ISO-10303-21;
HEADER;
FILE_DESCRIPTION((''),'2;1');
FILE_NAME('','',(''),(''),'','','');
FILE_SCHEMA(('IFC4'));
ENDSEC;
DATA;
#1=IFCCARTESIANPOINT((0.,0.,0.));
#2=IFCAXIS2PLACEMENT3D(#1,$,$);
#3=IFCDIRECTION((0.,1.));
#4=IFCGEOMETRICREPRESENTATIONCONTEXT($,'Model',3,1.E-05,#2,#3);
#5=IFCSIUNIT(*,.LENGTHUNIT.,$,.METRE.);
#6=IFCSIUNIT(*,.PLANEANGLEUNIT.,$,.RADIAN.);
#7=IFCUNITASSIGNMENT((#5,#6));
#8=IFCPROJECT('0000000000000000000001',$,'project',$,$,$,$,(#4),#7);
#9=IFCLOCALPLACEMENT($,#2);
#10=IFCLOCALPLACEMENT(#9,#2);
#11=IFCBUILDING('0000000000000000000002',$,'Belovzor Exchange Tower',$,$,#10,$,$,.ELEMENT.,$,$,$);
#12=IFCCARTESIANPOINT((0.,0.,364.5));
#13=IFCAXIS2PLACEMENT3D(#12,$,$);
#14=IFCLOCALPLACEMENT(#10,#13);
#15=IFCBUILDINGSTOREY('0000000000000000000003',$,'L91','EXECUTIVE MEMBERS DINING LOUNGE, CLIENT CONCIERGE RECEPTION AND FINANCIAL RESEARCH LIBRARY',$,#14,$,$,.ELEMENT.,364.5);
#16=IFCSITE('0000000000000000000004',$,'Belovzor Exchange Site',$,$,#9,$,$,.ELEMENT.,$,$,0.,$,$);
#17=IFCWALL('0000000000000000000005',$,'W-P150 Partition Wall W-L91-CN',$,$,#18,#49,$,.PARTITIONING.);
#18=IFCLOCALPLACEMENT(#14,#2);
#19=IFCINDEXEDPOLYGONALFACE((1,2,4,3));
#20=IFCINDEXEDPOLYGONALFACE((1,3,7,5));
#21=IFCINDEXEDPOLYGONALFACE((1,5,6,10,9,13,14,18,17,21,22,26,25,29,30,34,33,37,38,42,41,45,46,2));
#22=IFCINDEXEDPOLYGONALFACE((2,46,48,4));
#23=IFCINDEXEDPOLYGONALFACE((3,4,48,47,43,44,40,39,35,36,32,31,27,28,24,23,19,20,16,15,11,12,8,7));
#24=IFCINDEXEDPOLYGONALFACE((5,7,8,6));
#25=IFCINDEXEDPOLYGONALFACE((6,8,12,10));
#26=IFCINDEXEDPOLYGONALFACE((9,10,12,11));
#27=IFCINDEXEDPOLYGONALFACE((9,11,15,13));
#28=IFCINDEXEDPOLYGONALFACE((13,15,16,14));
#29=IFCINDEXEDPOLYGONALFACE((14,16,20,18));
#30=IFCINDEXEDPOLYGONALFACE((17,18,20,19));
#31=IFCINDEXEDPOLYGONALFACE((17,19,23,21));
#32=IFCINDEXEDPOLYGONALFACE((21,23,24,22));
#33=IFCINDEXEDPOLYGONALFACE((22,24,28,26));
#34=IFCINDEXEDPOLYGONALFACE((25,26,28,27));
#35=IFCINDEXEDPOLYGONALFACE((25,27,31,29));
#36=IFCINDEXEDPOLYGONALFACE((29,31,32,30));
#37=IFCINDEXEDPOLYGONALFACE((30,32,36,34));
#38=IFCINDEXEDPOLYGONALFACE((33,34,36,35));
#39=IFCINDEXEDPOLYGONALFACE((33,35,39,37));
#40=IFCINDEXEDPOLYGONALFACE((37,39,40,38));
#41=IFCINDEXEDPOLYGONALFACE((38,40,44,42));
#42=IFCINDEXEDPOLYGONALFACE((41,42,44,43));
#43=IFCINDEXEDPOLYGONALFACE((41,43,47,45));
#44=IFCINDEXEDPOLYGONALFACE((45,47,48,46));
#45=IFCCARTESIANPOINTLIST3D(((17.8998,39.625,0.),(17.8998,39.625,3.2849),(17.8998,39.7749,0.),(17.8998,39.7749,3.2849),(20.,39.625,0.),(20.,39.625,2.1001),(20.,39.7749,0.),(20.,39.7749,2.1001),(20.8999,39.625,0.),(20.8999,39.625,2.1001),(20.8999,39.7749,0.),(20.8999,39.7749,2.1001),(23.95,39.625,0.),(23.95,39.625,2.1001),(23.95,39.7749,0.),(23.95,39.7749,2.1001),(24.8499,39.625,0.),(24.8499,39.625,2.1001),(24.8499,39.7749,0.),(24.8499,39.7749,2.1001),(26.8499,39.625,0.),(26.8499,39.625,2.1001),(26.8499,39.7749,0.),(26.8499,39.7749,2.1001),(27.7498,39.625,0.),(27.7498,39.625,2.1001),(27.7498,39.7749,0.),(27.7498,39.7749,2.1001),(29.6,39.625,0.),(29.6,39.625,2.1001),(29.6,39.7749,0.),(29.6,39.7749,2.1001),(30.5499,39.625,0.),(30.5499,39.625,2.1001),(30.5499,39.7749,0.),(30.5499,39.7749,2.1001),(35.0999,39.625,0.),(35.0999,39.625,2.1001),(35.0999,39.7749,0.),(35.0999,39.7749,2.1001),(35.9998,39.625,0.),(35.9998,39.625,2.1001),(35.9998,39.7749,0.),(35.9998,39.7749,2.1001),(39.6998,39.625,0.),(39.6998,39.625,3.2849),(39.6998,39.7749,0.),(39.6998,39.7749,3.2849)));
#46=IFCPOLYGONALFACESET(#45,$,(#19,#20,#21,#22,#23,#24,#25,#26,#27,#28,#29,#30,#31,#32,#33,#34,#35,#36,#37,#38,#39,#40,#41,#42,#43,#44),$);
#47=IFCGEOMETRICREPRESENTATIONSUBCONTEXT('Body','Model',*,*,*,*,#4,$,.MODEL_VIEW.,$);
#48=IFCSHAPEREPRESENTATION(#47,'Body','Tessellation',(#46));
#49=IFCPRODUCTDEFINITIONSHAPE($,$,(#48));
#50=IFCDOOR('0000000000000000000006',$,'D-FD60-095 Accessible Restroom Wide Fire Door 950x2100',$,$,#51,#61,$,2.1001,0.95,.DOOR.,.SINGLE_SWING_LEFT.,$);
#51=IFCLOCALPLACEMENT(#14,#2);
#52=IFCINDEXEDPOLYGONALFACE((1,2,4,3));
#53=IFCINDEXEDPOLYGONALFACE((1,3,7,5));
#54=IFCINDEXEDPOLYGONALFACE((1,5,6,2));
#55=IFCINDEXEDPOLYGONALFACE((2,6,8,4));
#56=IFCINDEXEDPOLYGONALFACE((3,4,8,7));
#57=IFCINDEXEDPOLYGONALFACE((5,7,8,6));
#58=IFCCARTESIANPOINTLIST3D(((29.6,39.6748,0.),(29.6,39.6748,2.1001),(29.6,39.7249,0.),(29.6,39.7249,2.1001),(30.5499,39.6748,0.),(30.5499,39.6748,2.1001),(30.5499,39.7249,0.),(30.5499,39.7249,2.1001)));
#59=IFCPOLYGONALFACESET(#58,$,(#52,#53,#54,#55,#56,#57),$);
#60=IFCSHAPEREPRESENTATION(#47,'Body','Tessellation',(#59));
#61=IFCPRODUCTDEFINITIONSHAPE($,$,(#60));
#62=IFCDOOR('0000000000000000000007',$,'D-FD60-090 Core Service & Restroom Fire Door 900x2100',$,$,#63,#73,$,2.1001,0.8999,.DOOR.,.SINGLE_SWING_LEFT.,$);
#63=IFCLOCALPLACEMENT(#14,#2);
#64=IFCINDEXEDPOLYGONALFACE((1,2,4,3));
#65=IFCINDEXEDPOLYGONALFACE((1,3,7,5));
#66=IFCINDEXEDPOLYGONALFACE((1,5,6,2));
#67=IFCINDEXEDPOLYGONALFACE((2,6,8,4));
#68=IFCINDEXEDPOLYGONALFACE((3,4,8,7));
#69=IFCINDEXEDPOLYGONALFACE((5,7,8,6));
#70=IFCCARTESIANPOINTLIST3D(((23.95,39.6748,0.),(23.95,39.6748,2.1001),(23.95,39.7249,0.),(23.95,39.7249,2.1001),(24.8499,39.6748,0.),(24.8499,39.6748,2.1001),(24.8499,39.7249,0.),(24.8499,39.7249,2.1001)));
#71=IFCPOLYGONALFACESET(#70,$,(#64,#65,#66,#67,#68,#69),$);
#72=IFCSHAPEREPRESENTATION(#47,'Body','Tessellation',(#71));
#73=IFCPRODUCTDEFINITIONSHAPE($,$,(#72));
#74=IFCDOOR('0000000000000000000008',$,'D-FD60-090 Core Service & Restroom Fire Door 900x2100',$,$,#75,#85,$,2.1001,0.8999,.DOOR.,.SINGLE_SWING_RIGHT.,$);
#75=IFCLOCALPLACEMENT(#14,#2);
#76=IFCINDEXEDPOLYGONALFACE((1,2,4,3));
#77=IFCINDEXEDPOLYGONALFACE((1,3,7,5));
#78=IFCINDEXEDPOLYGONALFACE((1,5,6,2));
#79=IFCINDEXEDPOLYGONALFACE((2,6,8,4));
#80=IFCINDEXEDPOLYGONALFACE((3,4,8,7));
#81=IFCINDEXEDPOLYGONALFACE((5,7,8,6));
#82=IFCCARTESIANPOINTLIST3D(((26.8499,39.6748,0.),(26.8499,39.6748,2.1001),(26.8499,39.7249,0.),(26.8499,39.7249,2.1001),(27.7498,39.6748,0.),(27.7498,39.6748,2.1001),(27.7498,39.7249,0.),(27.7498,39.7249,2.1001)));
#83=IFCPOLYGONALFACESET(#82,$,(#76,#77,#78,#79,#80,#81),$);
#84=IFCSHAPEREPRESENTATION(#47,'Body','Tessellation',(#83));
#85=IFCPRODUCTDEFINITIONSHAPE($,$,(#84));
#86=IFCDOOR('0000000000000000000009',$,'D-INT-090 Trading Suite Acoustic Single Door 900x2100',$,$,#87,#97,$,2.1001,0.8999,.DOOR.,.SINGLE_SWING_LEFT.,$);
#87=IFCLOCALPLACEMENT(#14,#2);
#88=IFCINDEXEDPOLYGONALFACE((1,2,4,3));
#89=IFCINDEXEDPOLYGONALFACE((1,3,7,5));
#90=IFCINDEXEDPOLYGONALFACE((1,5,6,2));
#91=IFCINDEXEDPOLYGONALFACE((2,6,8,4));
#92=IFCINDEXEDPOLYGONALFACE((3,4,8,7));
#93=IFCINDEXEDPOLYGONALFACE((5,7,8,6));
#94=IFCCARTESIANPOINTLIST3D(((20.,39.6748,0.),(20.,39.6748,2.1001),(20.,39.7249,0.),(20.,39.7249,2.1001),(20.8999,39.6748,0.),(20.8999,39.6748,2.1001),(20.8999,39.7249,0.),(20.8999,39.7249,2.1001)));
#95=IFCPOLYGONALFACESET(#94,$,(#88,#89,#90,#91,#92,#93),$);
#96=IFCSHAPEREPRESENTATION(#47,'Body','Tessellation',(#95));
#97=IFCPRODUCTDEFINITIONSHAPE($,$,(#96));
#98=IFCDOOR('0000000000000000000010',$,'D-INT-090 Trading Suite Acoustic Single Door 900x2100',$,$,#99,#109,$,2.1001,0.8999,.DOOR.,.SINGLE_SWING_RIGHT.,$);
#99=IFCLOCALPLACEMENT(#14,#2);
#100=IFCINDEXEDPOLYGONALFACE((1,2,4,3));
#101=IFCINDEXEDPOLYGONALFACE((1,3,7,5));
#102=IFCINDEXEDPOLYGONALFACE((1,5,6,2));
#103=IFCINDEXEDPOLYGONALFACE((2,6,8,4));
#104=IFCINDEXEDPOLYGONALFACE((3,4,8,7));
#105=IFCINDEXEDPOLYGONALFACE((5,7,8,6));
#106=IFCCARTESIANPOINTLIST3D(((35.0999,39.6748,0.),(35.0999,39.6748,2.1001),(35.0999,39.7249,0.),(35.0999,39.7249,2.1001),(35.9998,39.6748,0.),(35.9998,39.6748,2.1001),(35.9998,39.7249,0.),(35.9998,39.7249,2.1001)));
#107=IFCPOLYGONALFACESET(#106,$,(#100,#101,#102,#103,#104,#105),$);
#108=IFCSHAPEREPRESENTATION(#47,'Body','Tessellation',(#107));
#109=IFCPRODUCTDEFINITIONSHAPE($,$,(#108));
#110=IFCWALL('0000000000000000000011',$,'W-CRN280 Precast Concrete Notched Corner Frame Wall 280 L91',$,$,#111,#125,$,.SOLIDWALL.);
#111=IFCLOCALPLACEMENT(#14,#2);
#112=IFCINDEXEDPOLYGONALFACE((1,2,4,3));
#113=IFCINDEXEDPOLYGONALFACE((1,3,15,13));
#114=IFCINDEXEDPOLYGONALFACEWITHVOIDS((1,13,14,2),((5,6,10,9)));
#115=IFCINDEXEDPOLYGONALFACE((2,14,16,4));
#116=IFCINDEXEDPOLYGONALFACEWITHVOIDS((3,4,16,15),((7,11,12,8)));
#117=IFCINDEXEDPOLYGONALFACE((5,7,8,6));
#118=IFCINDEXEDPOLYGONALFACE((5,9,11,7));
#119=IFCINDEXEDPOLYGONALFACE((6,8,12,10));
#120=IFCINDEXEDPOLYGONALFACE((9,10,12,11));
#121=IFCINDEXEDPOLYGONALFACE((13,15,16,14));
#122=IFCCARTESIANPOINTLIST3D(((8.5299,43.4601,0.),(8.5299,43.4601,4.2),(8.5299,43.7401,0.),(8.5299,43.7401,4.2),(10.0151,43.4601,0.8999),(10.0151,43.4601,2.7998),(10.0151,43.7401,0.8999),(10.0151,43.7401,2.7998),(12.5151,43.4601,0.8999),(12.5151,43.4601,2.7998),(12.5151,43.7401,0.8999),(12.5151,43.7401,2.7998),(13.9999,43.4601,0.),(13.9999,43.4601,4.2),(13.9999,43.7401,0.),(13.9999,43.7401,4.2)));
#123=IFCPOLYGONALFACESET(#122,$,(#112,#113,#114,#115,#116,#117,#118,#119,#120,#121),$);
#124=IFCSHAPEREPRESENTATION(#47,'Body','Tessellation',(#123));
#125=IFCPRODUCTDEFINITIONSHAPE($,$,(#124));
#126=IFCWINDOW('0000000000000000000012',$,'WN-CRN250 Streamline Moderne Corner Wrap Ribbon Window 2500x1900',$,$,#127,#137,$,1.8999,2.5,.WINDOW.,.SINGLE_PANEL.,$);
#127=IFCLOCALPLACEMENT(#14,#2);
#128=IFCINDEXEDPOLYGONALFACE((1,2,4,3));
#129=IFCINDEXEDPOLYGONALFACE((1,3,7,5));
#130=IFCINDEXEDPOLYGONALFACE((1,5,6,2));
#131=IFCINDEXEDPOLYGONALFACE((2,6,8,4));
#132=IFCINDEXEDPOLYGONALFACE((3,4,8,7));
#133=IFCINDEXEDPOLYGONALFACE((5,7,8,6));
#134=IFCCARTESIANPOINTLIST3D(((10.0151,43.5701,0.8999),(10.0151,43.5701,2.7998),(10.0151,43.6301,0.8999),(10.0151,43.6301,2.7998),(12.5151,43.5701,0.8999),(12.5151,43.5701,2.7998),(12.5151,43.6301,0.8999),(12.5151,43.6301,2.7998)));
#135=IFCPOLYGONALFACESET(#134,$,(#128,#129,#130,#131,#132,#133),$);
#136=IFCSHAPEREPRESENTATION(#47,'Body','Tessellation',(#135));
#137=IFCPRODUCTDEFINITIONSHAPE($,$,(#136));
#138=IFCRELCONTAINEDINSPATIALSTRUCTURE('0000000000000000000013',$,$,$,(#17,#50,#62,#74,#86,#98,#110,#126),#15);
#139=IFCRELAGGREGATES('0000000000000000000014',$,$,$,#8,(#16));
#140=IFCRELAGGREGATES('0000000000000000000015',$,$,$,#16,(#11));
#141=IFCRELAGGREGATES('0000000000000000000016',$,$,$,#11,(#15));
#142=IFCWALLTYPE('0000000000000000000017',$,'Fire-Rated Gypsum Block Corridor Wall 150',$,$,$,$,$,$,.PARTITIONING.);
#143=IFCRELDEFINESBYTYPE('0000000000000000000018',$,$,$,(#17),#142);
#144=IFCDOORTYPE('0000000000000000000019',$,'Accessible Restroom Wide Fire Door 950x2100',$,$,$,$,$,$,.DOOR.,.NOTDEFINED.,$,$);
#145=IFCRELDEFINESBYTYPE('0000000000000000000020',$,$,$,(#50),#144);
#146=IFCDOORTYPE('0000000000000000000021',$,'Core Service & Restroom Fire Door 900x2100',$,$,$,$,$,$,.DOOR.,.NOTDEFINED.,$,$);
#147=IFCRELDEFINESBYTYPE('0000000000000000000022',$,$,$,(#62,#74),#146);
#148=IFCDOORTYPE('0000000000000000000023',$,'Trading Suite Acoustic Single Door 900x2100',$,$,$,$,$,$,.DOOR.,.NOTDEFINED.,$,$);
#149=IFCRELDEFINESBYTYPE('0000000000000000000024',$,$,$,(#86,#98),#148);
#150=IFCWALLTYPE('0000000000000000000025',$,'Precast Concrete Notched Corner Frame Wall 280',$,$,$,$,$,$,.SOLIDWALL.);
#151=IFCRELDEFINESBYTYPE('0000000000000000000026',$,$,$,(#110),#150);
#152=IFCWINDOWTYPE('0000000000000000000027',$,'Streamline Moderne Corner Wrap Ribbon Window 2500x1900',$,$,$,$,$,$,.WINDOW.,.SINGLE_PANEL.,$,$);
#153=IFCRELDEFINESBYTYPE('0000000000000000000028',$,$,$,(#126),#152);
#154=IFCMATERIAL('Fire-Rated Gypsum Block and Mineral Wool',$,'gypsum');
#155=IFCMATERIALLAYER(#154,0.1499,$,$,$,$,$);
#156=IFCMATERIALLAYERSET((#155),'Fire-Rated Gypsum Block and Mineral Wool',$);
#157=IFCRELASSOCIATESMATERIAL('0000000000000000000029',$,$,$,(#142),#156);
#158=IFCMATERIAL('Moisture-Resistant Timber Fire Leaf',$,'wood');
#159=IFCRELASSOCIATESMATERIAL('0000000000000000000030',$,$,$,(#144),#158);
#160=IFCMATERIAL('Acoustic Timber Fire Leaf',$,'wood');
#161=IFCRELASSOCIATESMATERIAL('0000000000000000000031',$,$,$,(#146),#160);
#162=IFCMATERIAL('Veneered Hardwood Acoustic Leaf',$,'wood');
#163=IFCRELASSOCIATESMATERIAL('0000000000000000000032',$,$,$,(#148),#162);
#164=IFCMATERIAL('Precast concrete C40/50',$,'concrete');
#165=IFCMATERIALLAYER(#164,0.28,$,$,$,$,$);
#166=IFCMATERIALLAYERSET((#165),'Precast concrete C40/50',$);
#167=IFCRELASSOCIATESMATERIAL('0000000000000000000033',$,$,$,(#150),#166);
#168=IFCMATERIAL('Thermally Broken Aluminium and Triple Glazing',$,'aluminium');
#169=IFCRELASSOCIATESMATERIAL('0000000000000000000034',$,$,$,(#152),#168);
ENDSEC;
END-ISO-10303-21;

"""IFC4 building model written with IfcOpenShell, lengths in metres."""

from ifc_helpers import new_model, si_unit, direction, frame, frame_2d, origin, place, context, subcontext, project, spatial, rectangle, extrude, material, layer, layer_set, type_object, element, fill, save


model = new_model("IFC4")

# Units and contexts
model_context = context("Model", 3, precision=1e-05, world=origin(), true_north=direction((0.0, 1.0)))
body_context = subcontext(model_context, "Body", "Model", "MODEL_VIEW")
ifc_project = project(units=[si_unit("LENGTHUNIT", "METRE"), si_unit("PLANEANGLEUNIT", "RADIAN")], contexts=[model_context])

# Site, building, storey
site_placement = place(None, origin())
site = spatial("IfcSite", under=ifc_project, at=site_placement, Name="Belovzor Exchange Site", CompositionType="ELEMENT", RefElevation=0.0)
building_placement = place(site_placement, origin())
building = spatial("IfcBuilding", under=site, at=building_placement, Name="Belovzor Exchange Tower", CompositionType="ELEMENT")
storey_placement = place(building_placement, frame((0.0, 0.0, 364.5)))
storey = spatial("IfcBuildingStorey", under=building, at=storey_placement, Name="L91", Description="EXECUTIVE MEMBERS DINING LOUNGE, CLIENT CONCIERGE RECEPTION AND FINANCIAL RESEARCH LIBRARY", CompositionType="ELEMENT", Elevation=364.5)

# Wall, openings, doors
ifc_material_1 = material(Name="Fire-Rated Gypsum Block and Mineral Wool", Category="gypsum")
ifc_layer_1 = layer(ifc_material_1, 0.1499)
ifc_layer_set_1 = layer_set([ifc_layer_1], Name="Fire-Rated Gypsum Block and Mineral Wool")
wall_type_1 = type_object("IfcWallType", Name="Fire-Rated Gypsum Block Corridor Wall 150", PredefinedType="PARTITIONING", material=ifc_layer_set_1)
wall_1_placement = place(storey_placement, frame((17.8999, 39.7, 0.0), z_axis=(0.0, 0.0, 1.0), x_axis=(1.0, 0.0, 0.0)))
wall_1 = element("IfcWall", 1, at=wall_1_placement, inside=storey, type_object=wall_type_1, Name="W-P150 Partition Wall W-L91-CN", PredefinedType="PARTITIONING", context=body_context, shape_type="SweptSolid", body=[
    extrude(rectangle(XDim=21.8, YDim=0.1499, at=frame_2d((10.8999, 0.0))), origin(), (0.0, 0.0, 1.0), 3.2849),
])
opening_1_placement = place(wall_1_placement, frame((2.1001, 0.0, 0.0)))
opening_1 = element("IfcOpeningElement", 2, at=opening_1_placement, cuts=wall_1, PredefinedType="OPENING", context=body_context, shape_type="SweptSolid", body=[
    extrude(rectangle(XDim=0.8999, YDim=2.1001, at=frame_2d((0.45, 1.05))), frame((0.0, 0.085, 0.0), z_axis=(0.0, -1.0, 0.0), x_axis=(1.0, 0.0, 0.0)), (0.0, 0.0, 1.0), 0.1699),
])
opening_2_placement = place(wall_1_placement, frame((6.05, 0.0, 0.0)))
opening_2 = element("IfcOpeningElement", 3, at=opening_2_placement, cuts=wall_1, PredefinedType="OPENING", context=body_context, shape_type="SweptSolid", body=[
    extrude(rectangle(XDim=0.8999, YDim=2.1001, at=frame_2d((0.45, 1.05))), frame((0.0, 0.085, 0.0), z_axis=(0.0, -1.0, 0.0), x_axis=(1.0, 0.0, 0.0)), (0.0, 0.0, 1.0), 0.1699),
])
opening_3_placement = place(wall_1_placement, frame((8.95, 0.0, 0.0)))
opening_3 = element("IfcOpeningElement", 4, at=opening_3_placement, cuts=wall_1, PredefinedType="OPENING", context=body_context, shape_type="SweptSolid", body=[
    extrude(rectangle(XDim=0.8999, YDim=2.1001, at=frame_2d((0.45, 1.05))), frame((0.0, 0.085, 0.0), z_axis=(0.0, -1.0, 0.0), x_axis=(1.0, 0.0, 0.0)), (0.0, 0.0, 1.0), 0.1699),
])
opening_4_placement = place(wall_1_placement, frame((11.7, 0.0, 0.0)))
opening_4 = element("IfcOpeningElement", 5, at=opening_4_placement, cuts=wall_1, PredefinedType="OPENING", context=body_context, shape_type="SweptSolid", body=[
    extrude(rectangle(XDim=0.95, YDim=2.1001, at=frame_2d((0.4751, 1.05))), frame((0.0, 0.085, 0.0), z_axis=(0.0, -1.0, 0.0), x_axis=(1.0, 0.0, 0.0)), (0.0, 0.0, 1.0), 0.1699),
])
opening_5_placement = place(wall_1_placement, frame((17.2, 0.0, 0.0)))
opening_5 = element("IfcOpeningElement", 6, at=opening_5_placement, cuts=wall_1, PredefinedType="OPENING", context=body_context, shape_type="SweptSolid", body=[
    extrude(rectangle(XDim=0.8999, YDim=2.1001, at=frame_2d((0.45, 1.05))), frame((0.0, 0.085, 0.0), z_axis=(0.0, -1.0, 0.0), x_axis=(1.0, 0.0, 0.0)), (0.0, 0.0, 1.0), 0.1699),
])
ifc_material_2 = material(Name="Moisture-Resistant Timber Fire Leaf", Category="wood")
door_type_1 = type_object("IfcDoorType", Name="Accessible Restroom Wide Fire Door 950x2100", OperationType="NOTDEFINED", PredefinedType="DOOR", material=ifc_material_2)
door_1_placement = place(opening_4_placement, origin())
door_1 = element("IfcDoor", 7, at=door_1_placement, inside=storey, type_object=door_type_1, Name="D-FD60-095 Accessible Restroom Wide Fire Door 950x2100", OperationType="SINGLE_SWING_LEFT", OverallHeight=2.1001, OverallWidth=0.95, PredefinedType="DOOR", context=body_context, shape_type="SweptSolid", body=[
    extrude(rectangle(XDim=0.95, YDim=2.1001, at=frame_2d((0.4751, 1.05))), frame((0.0, 0.0249, 0.0), z_axis=(0.0, -1.0, 0.0), x_axis=(1.0, 0.0, 0.0)), (0.0, 0.0, 1.0), 0.05),
])
fill(opening_4, door_1)
ifc_material_3 = material(Name="Acoustic Timber Fire Leaf", Category="wood")
door_type_2 = type_object("IfcDoorType", Name="Core Service & Restroom Fire Door 900x2100", OperationType="NOTDEFINED", PredefinedType="DOOR", material=ifc_material_3)
door_2_placement = place(opening_2_placement, origin())
door_2 = element("IfcDoor", 8, at=door_2_placement, inside=storey, type_object=door_type_2, Name="D-FD60-090 Core Service & Restroom Fire Door 900x2100", OperationType="SINGLE_SWING_LEFT", OverallHeight=2.1001, OverallWidth=0.8999, PredefinedType="DOOR", context=body_context, shape_type="SweptSolid", body=[
    extrude(rectangle(XDim=0.8999, YDim=2.1001, at=frame_2d((0.45, 1.05))), frame((0.0, 0.0249, 0.0), z_axis=(0.0, -1.0, 0.0), x_axis=(1.0, 0.0, 0.0)), (0.0, 0.0, 1.0), 0.05),
])
fill(opening_2, door_2)
door_3_placement = place(opening_3_placement, origin())
door_3 = element("IfcDoor", 9, at=door_3_placement, inside=storey, type_object=door_type_2, Name="D-FD60-090 Core Service & Restroom Fire Door 900x2100", OperationType="SINGLE_SWING_RIGHT", OverallHeight=2.1001, OverallWidth=0.8999, PredefinedType="DOOR", context=body_context, shape_type="SweptSolid", body=[
    extrude(rectangle(XDim=0.8999, YDim=2.1001, at=frame_2d((0.45, 1.05))), frame((0.0, 0.0249, 0.0), z_axis=(0.0, -1.0, 0.0), x_axis=(1.0, 0.0, 0.0)), (0.0, 0.0, 1.0), 0.05),
])
fill(opening_3, door_3)
ifc_material_4 = material(Name="Veneered Hardwood Acoustic Leaf", Category="wood")
door_type_3 = type_object("IfcDoorType", Name="Trading Suite Acoustic Single Door 900x2100", OperationType="NOTDEFINED", PredefinedType="DOOR", material=ifc_material_4)
door_4_placement = place(opening_1_placement, origin())
door_4 = element("IfcDoor", 10, at=door_4_placement, inside=storey, type_object=door_type_3, Name="D-INT-090 Trading Suite Acoustic Single Door 900x2100", OperationType="SINGLE_SWING_LEFT", OverallHeight=2.1001, OverallWidth=0.8999, PredefinedType="DOOR", context=body_context, shape_type="SweptSolid", body=[
    extrude(rectangle(XDim=0.8999, YDim=2.1001, at=frame_2d((0.45, 1.05))), frame((0.0, 0.0249, 0.0), z_axis=(0.0, -1.0, 0.0), x_axis=(1.0, 0.0, 0.0)), (0.0, 0.0, 1.0), 0.05),
])
fill(opening_1, door_4)
door_5_placement = place(opening_5_placement, origin())
door_5 = element("IfcDoor", 11, at=door_5_placement, inside=storey, type_object=door_type_3, Name="D-INT-090 Trading Suite Acoustic Single Door 900x2100", OperationType="SINGLE_SWING_RIGHT", OverallHeight=2.1001, OverallWidth=0.8999, PredefinedType="DOOR", context=body_context, shape_type="SweptSolid", body=[
    extrude(rectangle(XDim=0.8999, YDim=2.1001, at=frame_2d((0.45, 1.05))), frame((0.0, 0.0249, 0.0), z_axis=(0.0, -1.0, 0.0), x_axis=(1.0, 0.0, 0.0)), (0.0, 0.0, 1.0), 0.05),
])
fill(opening_5, door_5)

# Wall, opening, window
ifc_material_5 = material(Name="Precast concrete C40/50", Category="concrete")
ifc_layer_2 = layer(ifc_material_5, 0.28)
ifc_layer_set_2 = layer_set([ifc_layer_2], Name="Precast concrete C40/50")
wall_type_2 = type_object("IfcWallType", Name="Precast Concrete Notched Corner Frame Wall 280", PredefinedType="SOLIDWALL", material=ifc_layer_set_2)
wall_2_placement = place(storey_placement, frame((8.53, 43.6001, 0.0), z_axis=(0.0, 0.0, 1.0), x_axis=(1.0, 0.0, 0.0)))
wall_2 = element("IfcWall", 12, at=wall_2_placement, inside=storey, type_object=wall_type_2, Name="W-CRN280 Precast Concrete Notched Corner Frame Wall 280 L91", PredefinedType="SOLIDWALL", context=body_context, shape_type="SweptSolid", body=[
    extrude(rectangle(XDim=5.47, YDim=0.28, at=frame_2d((2.7349, 0.0))), origin(), (0.0, 0.0, 1.0), 4.2),
])
opening_6_placement = place(wall_2_placement, frame((1.4851, 0.0, 0.8999)))
opening_6 = element("IfcOpeningElement", 13, at=opening_6_placement, cuts=wall_2, PredefinedType="OPENING", context=body_context, shape_type="SweptSolid", body=[
    extrude(rectangle(XDim=2.5, YDim=1.8999, at=frame_2d((1.25, 0.95))), frame((0.0, 0.1499, 0.0), z_axis=(0.0, -1.0, 0.0), x_axis=(1.0, 0.0, 0.0)), (0.0, 0.0, 1.0), 0.3),
])
ifc_material_6 = material(Name="Thermally Broken Aluminium and Triple Glazing", Category="aluminium")
window_type_1 = type_object("IfcWindowType", Name="Streamline Moderne Corner Wrap Ribbon Window 2500x1900", PartitioningType="SINGLE_PANEL", PredefinedType="WINDOW", material=ifc_material_6)
window_1_placement = place(opening_6_placement, origin())
window_1 = element("IfcWindow", 14, at=window_1_placement, inside=storey, type_object=window_type_1, Name="WN-CRN250 Streamline Moderne Corner Wrap Ribbon Window 2500x1900", OverallHeight=1.8999, OverallWidth=2.5, PartitioningType="SINGLE_PANEL", PredefinedType="WINDOW", context=body_context, shape_type="SweptSolid", body=[
    extrude(rectangle(XDim=2.5, YDim=1.8999, at=frame_2d((1.25, 0.95))), frame((0.0, 0.03, 0.0), z_axis=(0.0, -1.0, 0.0), x_axis=(1.0, 0.0, 0.0)), (0.0, 0.0, 1.0), 0.0601),
])
fill(opening_6, window_1)

save(model, "model.ifc")
